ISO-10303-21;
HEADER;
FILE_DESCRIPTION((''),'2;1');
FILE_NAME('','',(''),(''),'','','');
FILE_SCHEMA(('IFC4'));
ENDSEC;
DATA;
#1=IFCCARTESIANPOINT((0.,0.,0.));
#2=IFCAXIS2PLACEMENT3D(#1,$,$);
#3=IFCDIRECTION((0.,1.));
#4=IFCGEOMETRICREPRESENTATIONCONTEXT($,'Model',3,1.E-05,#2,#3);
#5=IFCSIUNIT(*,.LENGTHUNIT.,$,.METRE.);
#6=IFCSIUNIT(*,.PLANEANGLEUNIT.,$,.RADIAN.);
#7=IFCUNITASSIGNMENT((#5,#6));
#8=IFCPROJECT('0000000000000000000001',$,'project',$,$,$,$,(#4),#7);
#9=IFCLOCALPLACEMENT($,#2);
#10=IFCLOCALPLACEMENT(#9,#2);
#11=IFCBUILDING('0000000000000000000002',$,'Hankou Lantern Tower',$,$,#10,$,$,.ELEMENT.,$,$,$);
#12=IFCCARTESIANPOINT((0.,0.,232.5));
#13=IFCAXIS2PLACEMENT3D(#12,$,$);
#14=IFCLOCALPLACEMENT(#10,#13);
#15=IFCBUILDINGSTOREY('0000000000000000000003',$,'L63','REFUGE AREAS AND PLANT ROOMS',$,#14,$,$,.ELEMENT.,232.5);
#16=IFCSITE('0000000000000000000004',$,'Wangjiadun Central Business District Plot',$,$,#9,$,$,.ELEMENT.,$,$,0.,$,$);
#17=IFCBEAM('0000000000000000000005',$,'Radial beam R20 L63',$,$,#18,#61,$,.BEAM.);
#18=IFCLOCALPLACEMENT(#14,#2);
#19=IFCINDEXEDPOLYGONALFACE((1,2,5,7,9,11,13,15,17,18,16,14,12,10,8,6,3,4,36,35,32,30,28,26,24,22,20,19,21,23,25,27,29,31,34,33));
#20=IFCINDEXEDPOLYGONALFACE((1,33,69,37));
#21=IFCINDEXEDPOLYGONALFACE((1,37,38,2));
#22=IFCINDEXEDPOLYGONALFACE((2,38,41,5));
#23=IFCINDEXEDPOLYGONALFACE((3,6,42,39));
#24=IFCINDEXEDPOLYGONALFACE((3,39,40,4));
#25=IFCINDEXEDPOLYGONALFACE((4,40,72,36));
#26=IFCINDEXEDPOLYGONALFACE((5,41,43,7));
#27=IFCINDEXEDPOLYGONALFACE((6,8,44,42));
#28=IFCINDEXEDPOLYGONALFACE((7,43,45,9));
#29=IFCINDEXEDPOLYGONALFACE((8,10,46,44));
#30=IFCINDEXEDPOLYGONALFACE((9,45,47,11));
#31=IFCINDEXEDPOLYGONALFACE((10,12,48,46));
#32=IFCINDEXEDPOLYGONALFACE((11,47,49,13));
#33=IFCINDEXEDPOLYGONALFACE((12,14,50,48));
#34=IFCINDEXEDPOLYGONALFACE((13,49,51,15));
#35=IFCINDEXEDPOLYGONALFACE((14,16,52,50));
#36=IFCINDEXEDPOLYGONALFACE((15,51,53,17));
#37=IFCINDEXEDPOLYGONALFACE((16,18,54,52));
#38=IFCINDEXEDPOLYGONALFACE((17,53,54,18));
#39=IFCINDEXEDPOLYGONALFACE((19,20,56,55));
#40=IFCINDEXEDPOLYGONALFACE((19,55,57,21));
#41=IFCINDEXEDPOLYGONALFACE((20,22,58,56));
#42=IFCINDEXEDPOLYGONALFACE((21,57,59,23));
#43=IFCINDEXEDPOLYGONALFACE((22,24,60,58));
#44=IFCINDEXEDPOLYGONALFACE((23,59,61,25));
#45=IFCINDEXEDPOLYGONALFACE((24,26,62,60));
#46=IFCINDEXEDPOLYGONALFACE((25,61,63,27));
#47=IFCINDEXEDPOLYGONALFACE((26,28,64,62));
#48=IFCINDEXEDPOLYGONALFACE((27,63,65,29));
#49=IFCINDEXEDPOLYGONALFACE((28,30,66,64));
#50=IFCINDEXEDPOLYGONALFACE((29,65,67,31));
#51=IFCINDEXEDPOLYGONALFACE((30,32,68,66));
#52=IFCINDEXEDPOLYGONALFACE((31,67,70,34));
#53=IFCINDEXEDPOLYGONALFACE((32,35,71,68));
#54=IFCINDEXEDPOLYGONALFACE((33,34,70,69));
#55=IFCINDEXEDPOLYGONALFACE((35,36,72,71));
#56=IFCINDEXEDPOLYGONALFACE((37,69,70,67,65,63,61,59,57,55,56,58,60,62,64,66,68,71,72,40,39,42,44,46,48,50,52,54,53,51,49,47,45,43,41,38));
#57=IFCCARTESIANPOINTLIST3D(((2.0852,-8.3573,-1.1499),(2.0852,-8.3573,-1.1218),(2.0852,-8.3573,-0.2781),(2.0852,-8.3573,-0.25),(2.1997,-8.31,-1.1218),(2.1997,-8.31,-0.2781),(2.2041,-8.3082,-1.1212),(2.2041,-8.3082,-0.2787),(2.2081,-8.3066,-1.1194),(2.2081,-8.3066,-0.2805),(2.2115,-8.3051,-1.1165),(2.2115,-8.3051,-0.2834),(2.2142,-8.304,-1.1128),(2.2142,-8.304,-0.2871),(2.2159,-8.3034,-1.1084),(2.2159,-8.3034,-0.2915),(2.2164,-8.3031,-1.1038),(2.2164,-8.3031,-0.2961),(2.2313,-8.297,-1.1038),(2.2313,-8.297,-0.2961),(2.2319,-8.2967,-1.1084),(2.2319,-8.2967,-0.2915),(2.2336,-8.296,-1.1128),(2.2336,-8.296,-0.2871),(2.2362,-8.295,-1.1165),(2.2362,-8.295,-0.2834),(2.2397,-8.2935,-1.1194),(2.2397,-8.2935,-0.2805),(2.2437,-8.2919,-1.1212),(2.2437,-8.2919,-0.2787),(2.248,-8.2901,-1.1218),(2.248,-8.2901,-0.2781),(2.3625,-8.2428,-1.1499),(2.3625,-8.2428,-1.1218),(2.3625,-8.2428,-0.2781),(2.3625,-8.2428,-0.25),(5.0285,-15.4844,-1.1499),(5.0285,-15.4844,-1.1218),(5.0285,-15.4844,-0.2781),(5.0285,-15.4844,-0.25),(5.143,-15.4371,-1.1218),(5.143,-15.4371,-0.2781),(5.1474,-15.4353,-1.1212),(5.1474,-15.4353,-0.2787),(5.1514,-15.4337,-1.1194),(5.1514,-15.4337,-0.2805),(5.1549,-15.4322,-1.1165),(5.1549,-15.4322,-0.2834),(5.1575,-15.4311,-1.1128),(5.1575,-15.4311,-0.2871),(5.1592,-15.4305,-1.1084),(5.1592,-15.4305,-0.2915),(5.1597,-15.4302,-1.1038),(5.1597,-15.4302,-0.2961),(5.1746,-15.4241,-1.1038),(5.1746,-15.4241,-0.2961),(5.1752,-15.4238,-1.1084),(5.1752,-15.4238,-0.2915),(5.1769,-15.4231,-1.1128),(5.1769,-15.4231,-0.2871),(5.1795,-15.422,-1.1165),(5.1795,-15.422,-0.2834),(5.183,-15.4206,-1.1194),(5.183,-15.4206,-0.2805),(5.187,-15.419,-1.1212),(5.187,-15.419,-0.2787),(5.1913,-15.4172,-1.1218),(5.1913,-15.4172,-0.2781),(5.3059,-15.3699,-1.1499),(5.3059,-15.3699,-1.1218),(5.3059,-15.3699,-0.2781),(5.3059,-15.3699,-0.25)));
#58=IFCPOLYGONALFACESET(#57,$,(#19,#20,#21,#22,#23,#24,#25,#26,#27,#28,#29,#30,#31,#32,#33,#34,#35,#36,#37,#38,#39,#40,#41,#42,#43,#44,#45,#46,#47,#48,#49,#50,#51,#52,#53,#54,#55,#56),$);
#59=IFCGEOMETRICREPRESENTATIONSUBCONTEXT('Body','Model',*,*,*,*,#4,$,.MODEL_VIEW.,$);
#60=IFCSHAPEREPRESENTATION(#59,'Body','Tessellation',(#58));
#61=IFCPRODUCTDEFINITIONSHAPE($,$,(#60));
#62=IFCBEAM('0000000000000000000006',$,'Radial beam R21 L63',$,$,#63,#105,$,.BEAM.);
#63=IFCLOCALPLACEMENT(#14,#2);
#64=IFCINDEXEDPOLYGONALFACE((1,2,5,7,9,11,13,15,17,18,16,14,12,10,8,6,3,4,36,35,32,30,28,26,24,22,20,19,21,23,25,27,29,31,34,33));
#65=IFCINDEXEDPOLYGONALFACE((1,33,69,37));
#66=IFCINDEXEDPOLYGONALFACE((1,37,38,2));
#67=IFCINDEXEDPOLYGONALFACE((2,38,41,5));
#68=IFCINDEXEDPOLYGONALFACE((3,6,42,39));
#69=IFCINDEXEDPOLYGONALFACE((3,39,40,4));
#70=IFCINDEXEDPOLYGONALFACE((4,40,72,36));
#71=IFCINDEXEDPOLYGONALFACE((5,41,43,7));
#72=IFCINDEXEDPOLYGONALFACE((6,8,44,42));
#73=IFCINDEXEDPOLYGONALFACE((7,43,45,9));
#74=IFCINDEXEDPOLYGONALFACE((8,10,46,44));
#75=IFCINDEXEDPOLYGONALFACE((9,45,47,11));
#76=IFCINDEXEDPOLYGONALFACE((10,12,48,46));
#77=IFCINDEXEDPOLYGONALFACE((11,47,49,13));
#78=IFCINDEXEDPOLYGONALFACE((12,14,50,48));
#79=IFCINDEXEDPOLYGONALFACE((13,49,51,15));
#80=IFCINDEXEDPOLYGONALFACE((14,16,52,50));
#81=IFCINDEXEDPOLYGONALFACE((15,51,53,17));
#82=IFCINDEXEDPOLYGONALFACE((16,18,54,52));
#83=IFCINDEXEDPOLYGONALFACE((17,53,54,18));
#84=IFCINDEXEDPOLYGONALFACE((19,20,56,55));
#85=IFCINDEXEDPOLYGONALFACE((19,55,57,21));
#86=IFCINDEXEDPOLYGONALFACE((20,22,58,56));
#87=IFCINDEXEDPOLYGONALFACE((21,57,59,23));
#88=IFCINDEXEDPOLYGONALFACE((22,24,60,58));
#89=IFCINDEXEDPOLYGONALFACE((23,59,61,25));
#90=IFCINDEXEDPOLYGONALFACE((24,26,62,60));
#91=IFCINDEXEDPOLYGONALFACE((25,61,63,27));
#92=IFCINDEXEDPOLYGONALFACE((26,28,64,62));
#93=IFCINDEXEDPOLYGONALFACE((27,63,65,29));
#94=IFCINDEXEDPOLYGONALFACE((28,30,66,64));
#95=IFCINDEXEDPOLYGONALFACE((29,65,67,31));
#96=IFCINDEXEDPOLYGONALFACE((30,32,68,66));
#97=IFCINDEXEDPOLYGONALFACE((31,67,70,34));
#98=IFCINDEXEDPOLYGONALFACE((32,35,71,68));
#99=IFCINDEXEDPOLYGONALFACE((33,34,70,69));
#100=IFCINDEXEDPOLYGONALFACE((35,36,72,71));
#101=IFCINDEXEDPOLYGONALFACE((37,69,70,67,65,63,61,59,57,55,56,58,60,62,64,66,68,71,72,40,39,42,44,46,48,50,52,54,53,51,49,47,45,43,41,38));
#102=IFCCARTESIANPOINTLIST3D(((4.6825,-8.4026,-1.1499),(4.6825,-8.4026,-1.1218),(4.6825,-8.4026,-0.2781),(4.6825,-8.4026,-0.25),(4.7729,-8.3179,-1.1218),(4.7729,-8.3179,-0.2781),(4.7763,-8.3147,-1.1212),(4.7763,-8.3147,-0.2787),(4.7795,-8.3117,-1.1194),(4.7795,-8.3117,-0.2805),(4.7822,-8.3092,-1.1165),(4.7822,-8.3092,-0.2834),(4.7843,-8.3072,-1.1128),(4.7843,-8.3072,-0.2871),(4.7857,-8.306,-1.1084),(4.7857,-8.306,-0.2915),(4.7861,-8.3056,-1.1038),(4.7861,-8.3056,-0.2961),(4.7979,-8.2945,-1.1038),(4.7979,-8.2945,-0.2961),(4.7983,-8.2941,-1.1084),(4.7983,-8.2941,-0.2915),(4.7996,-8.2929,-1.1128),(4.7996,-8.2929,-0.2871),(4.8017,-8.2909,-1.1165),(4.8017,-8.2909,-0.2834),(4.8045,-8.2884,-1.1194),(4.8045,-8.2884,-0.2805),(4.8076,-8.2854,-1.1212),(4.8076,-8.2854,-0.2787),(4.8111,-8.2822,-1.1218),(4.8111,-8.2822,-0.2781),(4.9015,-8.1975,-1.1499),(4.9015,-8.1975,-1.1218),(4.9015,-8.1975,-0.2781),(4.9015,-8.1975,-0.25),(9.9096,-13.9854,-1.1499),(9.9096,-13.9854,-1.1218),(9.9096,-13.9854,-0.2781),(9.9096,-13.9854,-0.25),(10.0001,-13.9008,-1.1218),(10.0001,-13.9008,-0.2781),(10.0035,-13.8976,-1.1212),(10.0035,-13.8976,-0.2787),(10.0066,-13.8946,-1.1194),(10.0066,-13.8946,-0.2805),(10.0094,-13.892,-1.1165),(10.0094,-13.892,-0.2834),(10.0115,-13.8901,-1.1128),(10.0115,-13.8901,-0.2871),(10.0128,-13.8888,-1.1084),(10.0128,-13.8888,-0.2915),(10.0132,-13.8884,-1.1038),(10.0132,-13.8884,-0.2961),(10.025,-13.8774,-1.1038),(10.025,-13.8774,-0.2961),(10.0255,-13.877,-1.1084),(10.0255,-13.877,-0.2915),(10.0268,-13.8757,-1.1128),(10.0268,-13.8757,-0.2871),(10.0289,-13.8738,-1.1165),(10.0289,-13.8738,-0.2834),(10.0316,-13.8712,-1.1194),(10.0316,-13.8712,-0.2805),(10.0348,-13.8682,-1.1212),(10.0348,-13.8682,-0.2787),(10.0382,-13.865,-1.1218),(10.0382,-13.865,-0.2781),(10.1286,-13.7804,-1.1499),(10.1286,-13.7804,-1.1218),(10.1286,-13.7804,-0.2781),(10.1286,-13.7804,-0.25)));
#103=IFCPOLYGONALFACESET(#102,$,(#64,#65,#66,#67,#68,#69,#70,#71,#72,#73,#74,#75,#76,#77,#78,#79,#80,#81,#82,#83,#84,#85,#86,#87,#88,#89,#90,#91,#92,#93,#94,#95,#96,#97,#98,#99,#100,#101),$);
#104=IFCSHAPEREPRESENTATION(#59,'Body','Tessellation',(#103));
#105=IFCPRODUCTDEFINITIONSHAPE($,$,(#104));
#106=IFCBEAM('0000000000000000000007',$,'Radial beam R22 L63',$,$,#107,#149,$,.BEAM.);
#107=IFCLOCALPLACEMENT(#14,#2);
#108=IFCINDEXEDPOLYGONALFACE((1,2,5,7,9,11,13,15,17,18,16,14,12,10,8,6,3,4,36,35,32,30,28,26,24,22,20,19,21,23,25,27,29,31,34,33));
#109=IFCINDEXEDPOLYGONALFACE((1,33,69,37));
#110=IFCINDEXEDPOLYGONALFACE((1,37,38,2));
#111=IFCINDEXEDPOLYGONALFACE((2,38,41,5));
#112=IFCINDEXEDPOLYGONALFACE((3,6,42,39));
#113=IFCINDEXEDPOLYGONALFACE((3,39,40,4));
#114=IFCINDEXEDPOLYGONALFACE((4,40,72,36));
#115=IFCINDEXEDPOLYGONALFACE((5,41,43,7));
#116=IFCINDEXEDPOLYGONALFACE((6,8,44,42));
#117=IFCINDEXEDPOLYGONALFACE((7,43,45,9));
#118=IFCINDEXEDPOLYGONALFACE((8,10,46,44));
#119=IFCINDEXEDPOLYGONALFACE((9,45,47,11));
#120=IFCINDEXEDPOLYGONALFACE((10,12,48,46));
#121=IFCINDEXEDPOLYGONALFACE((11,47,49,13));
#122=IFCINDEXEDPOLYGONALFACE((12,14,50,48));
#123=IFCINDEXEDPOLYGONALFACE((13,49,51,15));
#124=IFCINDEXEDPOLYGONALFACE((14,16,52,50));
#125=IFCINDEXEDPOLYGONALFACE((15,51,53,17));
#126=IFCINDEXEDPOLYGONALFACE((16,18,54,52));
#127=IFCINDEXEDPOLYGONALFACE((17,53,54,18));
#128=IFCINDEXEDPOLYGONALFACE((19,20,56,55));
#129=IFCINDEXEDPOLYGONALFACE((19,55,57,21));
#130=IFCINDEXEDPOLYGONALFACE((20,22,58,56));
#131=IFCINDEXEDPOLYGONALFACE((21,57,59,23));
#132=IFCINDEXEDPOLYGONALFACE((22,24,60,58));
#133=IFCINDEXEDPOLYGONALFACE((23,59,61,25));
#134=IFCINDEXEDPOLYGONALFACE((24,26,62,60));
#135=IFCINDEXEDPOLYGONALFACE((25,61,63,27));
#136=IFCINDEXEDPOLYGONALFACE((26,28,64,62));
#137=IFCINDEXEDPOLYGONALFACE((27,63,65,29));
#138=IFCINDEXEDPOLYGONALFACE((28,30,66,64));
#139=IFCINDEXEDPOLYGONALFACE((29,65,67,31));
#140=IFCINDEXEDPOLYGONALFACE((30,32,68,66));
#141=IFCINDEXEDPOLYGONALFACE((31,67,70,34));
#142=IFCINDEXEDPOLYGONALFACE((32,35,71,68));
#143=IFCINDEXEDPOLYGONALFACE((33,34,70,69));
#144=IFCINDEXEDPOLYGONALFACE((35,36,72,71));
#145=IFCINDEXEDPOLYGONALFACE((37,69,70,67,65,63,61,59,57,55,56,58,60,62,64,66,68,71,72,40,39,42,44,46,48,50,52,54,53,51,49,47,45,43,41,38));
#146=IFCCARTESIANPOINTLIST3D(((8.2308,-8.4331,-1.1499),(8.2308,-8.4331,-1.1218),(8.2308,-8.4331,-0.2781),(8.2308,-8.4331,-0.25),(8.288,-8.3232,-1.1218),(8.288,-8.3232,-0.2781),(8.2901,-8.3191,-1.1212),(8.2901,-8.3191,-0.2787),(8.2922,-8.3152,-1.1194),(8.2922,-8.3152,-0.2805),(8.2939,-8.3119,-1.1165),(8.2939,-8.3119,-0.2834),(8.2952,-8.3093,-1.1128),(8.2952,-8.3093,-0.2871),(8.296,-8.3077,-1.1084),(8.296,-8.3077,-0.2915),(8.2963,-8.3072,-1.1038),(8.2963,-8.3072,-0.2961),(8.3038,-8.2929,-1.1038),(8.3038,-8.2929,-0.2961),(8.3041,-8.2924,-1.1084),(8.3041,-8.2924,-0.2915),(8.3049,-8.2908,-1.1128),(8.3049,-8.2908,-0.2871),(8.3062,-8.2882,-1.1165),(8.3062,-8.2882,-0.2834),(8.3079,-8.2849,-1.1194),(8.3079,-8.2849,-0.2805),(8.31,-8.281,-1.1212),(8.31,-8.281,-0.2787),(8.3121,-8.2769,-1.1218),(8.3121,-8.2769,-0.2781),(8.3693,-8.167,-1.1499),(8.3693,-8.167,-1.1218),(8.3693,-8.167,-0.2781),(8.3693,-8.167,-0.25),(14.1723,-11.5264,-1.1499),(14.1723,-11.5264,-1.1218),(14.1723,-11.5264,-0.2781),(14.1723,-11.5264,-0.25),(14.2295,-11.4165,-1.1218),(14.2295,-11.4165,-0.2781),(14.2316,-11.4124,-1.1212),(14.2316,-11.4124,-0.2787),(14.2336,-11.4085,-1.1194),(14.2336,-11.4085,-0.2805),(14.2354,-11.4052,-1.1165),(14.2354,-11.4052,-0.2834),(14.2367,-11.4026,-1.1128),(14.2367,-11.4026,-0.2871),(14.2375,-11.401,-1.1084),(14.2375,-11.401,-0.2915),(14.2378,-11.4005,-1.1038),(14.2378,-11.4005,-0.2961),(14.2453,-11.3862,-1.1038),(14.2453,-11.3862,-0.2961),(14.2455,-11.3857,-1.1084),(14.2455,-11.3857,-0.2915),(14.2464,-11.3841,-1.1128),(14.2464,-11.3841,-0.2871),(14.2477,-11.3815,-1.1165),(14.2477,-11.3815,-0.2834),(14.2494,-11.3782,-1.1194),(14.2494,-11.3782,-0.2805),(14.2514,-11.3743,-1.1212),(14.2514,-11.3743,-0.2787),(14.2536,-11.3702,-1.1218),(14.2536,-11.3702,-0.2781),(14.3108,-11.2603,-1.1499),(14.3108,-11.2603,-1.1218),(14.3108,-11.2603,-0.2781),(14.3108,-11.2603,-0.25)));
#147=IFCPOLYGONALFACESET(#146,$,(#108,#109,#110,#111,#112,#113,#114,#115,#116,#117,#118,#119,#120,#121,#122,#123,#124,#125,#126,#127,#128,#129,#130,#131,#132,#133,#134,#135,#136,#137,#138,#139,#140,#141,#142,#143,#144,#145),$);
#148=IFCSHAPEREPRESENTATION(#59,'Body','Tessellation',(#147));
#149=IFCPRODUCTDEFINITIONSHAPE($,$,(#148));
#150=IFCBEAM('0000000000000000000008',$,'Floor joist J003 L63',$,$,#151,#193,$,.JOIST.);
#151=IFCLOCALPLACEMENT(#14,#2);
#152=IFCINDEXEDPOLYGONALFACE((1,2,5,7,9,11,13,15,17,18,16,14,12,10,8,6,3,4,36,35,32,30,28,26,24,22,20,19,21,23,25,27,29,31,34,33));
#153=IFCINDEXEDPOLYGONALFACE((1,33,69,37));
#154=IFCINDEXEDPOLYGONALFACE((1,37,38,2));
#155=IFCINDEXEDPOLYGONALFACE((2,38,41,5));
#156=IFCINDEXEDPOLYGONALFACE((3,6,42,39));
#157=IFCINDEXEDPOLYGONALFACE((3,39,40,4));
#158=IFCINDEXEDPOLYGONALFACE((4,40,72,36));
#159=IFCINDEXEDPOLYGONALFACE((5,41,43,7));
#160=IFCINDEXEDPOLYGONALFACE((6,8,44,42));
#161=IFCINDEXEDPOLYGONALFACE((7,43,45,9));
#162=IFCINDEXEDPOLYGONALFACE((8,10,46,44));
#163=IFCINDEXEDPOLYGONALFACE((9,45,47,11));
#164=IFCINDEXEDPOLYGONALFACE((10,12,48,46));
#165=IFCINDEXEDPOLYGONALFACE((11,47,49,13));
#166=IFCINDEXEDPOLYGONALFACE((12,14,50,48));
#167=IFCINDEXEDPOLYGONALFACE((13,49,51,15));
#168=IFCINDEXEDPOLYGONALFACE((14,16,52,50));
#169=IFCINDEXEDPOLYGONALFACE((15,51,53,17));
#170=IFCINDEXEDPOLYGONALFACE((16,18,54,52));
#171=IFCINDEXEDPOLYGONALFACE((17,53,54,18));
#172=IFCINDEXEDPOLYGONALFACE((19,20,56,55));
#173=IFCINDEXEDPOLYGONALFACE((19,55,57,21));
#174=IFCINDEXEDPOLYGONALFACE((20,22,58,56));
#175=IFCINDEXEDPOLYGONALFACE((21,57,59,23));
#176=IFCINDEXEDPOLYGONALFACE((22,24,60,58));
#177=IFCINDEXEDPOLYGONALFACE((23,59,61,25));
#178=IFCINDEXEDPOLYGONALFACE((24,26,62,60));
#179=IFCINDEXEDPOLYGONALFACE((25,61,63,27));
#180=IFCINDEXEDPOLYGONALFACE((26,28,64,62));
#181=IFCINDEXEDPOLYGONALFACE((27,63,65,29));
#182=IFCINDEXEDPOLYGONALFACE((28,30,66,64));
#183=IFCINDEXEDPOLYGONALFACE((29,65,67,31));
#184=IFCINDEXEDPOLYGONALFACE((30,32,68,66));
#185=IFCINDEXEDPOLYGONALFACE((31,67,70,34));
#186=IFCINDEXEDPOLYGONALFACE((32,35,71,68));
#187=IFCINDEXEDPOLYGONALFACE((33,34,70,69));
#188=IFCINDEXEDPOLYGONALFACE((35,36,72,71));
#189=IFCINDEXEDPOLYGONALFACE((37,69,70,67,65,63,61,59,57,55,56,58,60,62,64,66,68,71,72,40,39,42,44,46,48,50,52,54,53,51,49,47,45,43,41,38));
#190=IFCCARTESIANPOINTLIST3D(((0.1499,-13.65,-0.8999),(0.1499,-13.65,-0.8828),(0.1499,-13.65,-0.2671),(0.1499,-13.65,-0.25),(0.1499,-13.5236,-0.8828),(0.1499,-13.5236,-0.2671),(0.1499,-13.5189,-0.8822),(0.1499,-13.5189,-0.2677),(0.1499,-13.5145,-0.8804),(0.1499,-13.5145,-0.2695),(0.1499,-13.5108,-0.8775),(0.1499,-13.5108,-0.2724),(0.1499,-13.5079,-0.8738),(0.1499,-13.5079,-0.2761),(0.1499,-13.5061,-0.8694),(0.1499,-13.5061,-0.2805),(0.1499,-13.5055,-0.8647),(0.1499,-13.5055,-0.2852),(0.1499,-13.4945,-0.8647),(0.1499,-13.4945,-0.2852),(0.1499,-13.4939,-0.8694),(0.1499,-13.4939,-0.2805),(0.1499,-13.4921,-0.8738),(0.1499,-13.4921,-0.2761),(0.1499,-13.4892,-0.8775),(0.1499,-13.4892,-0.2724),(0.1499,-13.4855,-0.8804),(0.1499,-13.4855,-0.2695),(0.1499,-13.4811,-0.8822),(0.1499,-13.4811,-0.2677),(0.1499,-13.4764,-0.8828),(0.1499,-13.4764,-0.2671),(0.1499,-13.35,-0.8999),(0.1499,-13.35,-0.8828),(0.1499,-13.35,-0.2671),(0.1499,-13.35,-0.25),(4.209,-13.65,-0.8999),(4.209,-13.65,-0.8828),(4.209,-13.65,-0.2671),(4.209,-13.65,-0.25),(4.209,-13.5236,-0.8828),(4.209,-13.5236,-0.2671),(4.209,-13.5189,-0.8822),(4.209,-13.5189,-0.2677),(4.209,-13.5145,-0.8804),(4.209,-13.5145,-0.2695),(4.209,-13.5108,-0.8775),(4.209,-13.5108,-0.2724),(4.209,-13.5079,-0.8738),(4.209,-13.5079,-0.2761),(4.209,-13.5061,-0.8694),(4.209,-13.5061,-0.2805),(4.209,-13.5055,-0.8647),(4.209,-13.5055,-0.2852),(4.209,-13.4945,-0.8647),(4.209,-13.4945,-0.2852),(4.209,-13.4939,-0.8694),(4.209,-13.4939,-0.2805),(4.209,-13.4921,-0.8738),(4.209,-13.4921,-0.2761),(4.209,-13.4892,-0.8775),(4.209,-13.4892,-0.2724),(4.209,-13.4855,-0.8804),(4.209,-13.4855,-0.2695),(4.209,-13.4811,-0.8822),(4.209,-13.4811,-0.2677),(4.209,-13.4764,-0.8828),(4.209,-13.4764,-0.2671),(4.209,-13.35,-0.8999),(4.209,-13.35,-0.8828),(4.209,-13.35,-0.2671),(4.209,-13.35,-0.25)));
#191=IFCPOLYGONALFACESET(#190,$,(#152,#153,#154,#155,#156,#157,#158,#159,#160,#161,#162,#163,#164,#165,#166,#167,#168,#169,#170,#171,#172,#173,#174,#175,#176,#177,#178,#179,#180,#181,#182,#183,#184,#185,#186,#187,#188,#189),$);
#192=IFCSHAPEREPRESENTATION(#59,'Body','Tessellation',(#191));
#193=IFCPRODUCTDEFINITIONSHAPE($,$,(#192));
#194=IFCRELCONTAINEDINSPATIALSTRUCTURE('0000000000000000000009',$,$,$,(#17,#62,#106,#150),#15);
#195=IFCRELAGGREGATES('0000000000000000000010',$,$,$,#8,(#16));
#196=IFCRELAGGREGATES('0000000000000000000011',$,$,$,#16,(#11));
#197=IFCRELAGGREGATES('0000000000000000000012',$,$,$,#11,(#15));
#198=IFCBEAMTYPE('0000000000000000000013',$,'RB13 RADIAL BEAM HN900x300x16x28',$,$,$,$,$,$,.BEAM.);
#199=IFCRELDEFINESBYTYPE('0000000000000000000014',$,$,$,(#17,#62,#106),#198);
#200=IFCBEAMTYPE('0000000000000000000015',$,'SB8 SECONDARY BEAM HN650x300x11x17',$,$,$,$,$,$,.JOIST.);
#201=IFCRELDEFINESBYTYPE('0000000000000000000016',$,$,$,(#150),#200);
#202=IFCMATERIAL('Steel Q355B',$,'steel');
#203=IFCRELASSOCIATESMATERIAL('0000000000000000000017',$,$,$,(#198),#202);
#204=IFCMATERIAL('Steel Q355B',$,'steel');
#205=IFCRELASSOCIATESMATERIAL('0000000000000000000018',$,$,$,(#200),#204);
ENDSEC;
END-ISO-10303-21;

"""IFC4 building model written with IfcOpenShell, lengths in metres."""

from ifc_helpers import new_model, si_unit, direction, frame, origin, origin_2d, place, context, subcontext, project, spatial, i_section, extrude, material, material_profile, profile_set, type_object, element, save


model = new_model("IFC4")

# Units and contexts
model_context = context("Model", 3, precision=1e-05, world=origin(), true_north=direction((0.0, 1.0)))
body_context = subcontext(model_context, "Body", "Model", "MODEL_VIEW")
ifc_project = project(units=[si_unit("LENGTHUNIT", "METRE"), si_unit("PLANEANGLEUNIT", "RADIAN")], contexts=[model_context])

# Site, building, storey
site_placement = place(None, origin())
site = spatial("IfcSite", under=ifc_project, at=site_placement, Name="Wangjiadun Central Business District Plot", CompositionType="ELEMENT", RefElevation=0.0)
building_placement = place(site_placement, origin())
building = spatial("IfcBuilding", under=site, at=building_placement, Name="Hankou Lantern Tower", CompositionType="ELEMENT")
storey_placement = place(building_placement, frame((0.0, 0.0, 232.5)))
storey = spatial("IfcBuildingStorey", under=building, at=storey_placement, Name="L63", Description="REFUGE AREAS AND PLANT ROOMS", CompositionType="ELEMENT", Elevation=232.5)

# Beams
ifc_material_1 = material(Name="Steel Q355B", Category="steel")
ifc_material_profile_1 = material_profile(ifc_material_1, i_section(OverallWidth=0.3, OverallDepth=0.8999, WebThickness=0.0161, FlangeThickness=0.0281, FilletRadius=0.0181, at=origin_2d()), Name="HN900x300x16x28")
ifc_profile_set_1 = profile_set([ifc_material_profile_1], Name="Steel Q355B")
beam_type_1 = type_object("IfcBeamType", Name="RB13 RADIAL BEAM HN900x300x16x28", PredefinedType="BEAM", material=ifc_profile_set_1)
beam_1_placement = place(storey_placement, frame((2.2239, -8.3, -0.7), z_axis=(0.381707, -0.924284, 0.0), x_axis=(0.924284, 0.381707, 0.0)))
element("IfcBeam", 1, at=beam_1_placement, inside=storey, type_object=beam_type_1, Name="Radial beam R20 L63", PredefinedType="BEAM", context=body_context, shape_type="SweptSolid", body=[
    extrude(i_section(OverallWidth=0.3, OverallDepth=0.8999, WebThickness=0.0161, FlangeThickness=0.0281, FilletRadius=0.0181, at=origin_2d()), origin(), (0.0, 0.0, 1.0), 7.7109),
])
beam_2_placement = place(storey_placement, frame((4.792, -8.3, -0.7), z_axis=(0.683468, -0.72998, 0.0), x_axis=(0.72998, 0.683468, 0.0)))
element("IfcBeam", 2, at=beam_2_placement, inside=storey, type_object=beam_type_1, Name="Radial beam R21 L63", PredefinedType="BEAM", context=body_context, shape_type="SweptSolid", body=[
    extrude(i_section(OverallWidth=0.3, OverallDepth=0.8999, WebThickness=0.0161, FlangeThickness=0.0281, FilletRadius=0.0181, at=origin_2d()), origin(), (0.0, 0.0, 1.0), 7.6479),
])
beam_3_placement = place(storey_placement, frame((8.3, -8.3, -0.7), z_axis=(0.886989, -0.461791, 0.0), x_axis=(0.461791, 0.886989, 0.0)))
element("IfcBeam", 3, at=beam_3_placement, inside=storey, type_object=beam_type_1, Name="Radial beam R22 L63", PredefinedType="BEAM", context=body_context, shape_type="SweptSolid", body=[
    extrude(i_section(OverallWidth=0.3, OverallDepth=0.8999, WebThickness=0.0161, FlangeThickness=0.0281, FilletRadius=0.0181, at=origin_2d()), origin(), (0.0, 0.0, 1.0), 6.6985),
])
ifc_material_2 = material(Name="Steel Q355B", Category="steel")
ifc_material_profile_2 = material_profile(ifc_material_2, i_section(OverallWidth=0.3, OverallDepth=0.6499, WebThickness=0.011, FlangeThickness=0.0171, FilletRadius=0.0181, at=origin_2d()), Name="HN650x300x11x17")
ifc_profile_set_2 = profile_set([ifc_material_profile_2], Name="Steel Q355B")
beam_type_2 = type_object("IfcBeamType", Name="SB8 SECONDARY BEAM HN650x300x11x17", PredefinedType="JOIST", material=ifc_profile_set_2)
beam_4_placement = place(storey_placement, frame((0.1499, -13.5, -0.575), z_axis=(1.0, 0.0, 0.0), x_axis=(0.0, 1.0, 0.0)))
element("IfcBeam", 4, at=beam_4_placement, inside=storey, type_object=beam_type_2, Name="Floor joist J003 L63", PredefinedType="JOIST", context=body_context, shape_type="SweptSolid", body=[
    extrude(i_section(OverallWidth=0.3, OverallDepth=0.6499, WebThickness=0.011, FlangeThickness=0.0171, FilletRadius=0.0181, at=origin_2d()), origin(), (0.0, 0.0, 1.0), 4.0591),
])

save(model, "model.ifc")
